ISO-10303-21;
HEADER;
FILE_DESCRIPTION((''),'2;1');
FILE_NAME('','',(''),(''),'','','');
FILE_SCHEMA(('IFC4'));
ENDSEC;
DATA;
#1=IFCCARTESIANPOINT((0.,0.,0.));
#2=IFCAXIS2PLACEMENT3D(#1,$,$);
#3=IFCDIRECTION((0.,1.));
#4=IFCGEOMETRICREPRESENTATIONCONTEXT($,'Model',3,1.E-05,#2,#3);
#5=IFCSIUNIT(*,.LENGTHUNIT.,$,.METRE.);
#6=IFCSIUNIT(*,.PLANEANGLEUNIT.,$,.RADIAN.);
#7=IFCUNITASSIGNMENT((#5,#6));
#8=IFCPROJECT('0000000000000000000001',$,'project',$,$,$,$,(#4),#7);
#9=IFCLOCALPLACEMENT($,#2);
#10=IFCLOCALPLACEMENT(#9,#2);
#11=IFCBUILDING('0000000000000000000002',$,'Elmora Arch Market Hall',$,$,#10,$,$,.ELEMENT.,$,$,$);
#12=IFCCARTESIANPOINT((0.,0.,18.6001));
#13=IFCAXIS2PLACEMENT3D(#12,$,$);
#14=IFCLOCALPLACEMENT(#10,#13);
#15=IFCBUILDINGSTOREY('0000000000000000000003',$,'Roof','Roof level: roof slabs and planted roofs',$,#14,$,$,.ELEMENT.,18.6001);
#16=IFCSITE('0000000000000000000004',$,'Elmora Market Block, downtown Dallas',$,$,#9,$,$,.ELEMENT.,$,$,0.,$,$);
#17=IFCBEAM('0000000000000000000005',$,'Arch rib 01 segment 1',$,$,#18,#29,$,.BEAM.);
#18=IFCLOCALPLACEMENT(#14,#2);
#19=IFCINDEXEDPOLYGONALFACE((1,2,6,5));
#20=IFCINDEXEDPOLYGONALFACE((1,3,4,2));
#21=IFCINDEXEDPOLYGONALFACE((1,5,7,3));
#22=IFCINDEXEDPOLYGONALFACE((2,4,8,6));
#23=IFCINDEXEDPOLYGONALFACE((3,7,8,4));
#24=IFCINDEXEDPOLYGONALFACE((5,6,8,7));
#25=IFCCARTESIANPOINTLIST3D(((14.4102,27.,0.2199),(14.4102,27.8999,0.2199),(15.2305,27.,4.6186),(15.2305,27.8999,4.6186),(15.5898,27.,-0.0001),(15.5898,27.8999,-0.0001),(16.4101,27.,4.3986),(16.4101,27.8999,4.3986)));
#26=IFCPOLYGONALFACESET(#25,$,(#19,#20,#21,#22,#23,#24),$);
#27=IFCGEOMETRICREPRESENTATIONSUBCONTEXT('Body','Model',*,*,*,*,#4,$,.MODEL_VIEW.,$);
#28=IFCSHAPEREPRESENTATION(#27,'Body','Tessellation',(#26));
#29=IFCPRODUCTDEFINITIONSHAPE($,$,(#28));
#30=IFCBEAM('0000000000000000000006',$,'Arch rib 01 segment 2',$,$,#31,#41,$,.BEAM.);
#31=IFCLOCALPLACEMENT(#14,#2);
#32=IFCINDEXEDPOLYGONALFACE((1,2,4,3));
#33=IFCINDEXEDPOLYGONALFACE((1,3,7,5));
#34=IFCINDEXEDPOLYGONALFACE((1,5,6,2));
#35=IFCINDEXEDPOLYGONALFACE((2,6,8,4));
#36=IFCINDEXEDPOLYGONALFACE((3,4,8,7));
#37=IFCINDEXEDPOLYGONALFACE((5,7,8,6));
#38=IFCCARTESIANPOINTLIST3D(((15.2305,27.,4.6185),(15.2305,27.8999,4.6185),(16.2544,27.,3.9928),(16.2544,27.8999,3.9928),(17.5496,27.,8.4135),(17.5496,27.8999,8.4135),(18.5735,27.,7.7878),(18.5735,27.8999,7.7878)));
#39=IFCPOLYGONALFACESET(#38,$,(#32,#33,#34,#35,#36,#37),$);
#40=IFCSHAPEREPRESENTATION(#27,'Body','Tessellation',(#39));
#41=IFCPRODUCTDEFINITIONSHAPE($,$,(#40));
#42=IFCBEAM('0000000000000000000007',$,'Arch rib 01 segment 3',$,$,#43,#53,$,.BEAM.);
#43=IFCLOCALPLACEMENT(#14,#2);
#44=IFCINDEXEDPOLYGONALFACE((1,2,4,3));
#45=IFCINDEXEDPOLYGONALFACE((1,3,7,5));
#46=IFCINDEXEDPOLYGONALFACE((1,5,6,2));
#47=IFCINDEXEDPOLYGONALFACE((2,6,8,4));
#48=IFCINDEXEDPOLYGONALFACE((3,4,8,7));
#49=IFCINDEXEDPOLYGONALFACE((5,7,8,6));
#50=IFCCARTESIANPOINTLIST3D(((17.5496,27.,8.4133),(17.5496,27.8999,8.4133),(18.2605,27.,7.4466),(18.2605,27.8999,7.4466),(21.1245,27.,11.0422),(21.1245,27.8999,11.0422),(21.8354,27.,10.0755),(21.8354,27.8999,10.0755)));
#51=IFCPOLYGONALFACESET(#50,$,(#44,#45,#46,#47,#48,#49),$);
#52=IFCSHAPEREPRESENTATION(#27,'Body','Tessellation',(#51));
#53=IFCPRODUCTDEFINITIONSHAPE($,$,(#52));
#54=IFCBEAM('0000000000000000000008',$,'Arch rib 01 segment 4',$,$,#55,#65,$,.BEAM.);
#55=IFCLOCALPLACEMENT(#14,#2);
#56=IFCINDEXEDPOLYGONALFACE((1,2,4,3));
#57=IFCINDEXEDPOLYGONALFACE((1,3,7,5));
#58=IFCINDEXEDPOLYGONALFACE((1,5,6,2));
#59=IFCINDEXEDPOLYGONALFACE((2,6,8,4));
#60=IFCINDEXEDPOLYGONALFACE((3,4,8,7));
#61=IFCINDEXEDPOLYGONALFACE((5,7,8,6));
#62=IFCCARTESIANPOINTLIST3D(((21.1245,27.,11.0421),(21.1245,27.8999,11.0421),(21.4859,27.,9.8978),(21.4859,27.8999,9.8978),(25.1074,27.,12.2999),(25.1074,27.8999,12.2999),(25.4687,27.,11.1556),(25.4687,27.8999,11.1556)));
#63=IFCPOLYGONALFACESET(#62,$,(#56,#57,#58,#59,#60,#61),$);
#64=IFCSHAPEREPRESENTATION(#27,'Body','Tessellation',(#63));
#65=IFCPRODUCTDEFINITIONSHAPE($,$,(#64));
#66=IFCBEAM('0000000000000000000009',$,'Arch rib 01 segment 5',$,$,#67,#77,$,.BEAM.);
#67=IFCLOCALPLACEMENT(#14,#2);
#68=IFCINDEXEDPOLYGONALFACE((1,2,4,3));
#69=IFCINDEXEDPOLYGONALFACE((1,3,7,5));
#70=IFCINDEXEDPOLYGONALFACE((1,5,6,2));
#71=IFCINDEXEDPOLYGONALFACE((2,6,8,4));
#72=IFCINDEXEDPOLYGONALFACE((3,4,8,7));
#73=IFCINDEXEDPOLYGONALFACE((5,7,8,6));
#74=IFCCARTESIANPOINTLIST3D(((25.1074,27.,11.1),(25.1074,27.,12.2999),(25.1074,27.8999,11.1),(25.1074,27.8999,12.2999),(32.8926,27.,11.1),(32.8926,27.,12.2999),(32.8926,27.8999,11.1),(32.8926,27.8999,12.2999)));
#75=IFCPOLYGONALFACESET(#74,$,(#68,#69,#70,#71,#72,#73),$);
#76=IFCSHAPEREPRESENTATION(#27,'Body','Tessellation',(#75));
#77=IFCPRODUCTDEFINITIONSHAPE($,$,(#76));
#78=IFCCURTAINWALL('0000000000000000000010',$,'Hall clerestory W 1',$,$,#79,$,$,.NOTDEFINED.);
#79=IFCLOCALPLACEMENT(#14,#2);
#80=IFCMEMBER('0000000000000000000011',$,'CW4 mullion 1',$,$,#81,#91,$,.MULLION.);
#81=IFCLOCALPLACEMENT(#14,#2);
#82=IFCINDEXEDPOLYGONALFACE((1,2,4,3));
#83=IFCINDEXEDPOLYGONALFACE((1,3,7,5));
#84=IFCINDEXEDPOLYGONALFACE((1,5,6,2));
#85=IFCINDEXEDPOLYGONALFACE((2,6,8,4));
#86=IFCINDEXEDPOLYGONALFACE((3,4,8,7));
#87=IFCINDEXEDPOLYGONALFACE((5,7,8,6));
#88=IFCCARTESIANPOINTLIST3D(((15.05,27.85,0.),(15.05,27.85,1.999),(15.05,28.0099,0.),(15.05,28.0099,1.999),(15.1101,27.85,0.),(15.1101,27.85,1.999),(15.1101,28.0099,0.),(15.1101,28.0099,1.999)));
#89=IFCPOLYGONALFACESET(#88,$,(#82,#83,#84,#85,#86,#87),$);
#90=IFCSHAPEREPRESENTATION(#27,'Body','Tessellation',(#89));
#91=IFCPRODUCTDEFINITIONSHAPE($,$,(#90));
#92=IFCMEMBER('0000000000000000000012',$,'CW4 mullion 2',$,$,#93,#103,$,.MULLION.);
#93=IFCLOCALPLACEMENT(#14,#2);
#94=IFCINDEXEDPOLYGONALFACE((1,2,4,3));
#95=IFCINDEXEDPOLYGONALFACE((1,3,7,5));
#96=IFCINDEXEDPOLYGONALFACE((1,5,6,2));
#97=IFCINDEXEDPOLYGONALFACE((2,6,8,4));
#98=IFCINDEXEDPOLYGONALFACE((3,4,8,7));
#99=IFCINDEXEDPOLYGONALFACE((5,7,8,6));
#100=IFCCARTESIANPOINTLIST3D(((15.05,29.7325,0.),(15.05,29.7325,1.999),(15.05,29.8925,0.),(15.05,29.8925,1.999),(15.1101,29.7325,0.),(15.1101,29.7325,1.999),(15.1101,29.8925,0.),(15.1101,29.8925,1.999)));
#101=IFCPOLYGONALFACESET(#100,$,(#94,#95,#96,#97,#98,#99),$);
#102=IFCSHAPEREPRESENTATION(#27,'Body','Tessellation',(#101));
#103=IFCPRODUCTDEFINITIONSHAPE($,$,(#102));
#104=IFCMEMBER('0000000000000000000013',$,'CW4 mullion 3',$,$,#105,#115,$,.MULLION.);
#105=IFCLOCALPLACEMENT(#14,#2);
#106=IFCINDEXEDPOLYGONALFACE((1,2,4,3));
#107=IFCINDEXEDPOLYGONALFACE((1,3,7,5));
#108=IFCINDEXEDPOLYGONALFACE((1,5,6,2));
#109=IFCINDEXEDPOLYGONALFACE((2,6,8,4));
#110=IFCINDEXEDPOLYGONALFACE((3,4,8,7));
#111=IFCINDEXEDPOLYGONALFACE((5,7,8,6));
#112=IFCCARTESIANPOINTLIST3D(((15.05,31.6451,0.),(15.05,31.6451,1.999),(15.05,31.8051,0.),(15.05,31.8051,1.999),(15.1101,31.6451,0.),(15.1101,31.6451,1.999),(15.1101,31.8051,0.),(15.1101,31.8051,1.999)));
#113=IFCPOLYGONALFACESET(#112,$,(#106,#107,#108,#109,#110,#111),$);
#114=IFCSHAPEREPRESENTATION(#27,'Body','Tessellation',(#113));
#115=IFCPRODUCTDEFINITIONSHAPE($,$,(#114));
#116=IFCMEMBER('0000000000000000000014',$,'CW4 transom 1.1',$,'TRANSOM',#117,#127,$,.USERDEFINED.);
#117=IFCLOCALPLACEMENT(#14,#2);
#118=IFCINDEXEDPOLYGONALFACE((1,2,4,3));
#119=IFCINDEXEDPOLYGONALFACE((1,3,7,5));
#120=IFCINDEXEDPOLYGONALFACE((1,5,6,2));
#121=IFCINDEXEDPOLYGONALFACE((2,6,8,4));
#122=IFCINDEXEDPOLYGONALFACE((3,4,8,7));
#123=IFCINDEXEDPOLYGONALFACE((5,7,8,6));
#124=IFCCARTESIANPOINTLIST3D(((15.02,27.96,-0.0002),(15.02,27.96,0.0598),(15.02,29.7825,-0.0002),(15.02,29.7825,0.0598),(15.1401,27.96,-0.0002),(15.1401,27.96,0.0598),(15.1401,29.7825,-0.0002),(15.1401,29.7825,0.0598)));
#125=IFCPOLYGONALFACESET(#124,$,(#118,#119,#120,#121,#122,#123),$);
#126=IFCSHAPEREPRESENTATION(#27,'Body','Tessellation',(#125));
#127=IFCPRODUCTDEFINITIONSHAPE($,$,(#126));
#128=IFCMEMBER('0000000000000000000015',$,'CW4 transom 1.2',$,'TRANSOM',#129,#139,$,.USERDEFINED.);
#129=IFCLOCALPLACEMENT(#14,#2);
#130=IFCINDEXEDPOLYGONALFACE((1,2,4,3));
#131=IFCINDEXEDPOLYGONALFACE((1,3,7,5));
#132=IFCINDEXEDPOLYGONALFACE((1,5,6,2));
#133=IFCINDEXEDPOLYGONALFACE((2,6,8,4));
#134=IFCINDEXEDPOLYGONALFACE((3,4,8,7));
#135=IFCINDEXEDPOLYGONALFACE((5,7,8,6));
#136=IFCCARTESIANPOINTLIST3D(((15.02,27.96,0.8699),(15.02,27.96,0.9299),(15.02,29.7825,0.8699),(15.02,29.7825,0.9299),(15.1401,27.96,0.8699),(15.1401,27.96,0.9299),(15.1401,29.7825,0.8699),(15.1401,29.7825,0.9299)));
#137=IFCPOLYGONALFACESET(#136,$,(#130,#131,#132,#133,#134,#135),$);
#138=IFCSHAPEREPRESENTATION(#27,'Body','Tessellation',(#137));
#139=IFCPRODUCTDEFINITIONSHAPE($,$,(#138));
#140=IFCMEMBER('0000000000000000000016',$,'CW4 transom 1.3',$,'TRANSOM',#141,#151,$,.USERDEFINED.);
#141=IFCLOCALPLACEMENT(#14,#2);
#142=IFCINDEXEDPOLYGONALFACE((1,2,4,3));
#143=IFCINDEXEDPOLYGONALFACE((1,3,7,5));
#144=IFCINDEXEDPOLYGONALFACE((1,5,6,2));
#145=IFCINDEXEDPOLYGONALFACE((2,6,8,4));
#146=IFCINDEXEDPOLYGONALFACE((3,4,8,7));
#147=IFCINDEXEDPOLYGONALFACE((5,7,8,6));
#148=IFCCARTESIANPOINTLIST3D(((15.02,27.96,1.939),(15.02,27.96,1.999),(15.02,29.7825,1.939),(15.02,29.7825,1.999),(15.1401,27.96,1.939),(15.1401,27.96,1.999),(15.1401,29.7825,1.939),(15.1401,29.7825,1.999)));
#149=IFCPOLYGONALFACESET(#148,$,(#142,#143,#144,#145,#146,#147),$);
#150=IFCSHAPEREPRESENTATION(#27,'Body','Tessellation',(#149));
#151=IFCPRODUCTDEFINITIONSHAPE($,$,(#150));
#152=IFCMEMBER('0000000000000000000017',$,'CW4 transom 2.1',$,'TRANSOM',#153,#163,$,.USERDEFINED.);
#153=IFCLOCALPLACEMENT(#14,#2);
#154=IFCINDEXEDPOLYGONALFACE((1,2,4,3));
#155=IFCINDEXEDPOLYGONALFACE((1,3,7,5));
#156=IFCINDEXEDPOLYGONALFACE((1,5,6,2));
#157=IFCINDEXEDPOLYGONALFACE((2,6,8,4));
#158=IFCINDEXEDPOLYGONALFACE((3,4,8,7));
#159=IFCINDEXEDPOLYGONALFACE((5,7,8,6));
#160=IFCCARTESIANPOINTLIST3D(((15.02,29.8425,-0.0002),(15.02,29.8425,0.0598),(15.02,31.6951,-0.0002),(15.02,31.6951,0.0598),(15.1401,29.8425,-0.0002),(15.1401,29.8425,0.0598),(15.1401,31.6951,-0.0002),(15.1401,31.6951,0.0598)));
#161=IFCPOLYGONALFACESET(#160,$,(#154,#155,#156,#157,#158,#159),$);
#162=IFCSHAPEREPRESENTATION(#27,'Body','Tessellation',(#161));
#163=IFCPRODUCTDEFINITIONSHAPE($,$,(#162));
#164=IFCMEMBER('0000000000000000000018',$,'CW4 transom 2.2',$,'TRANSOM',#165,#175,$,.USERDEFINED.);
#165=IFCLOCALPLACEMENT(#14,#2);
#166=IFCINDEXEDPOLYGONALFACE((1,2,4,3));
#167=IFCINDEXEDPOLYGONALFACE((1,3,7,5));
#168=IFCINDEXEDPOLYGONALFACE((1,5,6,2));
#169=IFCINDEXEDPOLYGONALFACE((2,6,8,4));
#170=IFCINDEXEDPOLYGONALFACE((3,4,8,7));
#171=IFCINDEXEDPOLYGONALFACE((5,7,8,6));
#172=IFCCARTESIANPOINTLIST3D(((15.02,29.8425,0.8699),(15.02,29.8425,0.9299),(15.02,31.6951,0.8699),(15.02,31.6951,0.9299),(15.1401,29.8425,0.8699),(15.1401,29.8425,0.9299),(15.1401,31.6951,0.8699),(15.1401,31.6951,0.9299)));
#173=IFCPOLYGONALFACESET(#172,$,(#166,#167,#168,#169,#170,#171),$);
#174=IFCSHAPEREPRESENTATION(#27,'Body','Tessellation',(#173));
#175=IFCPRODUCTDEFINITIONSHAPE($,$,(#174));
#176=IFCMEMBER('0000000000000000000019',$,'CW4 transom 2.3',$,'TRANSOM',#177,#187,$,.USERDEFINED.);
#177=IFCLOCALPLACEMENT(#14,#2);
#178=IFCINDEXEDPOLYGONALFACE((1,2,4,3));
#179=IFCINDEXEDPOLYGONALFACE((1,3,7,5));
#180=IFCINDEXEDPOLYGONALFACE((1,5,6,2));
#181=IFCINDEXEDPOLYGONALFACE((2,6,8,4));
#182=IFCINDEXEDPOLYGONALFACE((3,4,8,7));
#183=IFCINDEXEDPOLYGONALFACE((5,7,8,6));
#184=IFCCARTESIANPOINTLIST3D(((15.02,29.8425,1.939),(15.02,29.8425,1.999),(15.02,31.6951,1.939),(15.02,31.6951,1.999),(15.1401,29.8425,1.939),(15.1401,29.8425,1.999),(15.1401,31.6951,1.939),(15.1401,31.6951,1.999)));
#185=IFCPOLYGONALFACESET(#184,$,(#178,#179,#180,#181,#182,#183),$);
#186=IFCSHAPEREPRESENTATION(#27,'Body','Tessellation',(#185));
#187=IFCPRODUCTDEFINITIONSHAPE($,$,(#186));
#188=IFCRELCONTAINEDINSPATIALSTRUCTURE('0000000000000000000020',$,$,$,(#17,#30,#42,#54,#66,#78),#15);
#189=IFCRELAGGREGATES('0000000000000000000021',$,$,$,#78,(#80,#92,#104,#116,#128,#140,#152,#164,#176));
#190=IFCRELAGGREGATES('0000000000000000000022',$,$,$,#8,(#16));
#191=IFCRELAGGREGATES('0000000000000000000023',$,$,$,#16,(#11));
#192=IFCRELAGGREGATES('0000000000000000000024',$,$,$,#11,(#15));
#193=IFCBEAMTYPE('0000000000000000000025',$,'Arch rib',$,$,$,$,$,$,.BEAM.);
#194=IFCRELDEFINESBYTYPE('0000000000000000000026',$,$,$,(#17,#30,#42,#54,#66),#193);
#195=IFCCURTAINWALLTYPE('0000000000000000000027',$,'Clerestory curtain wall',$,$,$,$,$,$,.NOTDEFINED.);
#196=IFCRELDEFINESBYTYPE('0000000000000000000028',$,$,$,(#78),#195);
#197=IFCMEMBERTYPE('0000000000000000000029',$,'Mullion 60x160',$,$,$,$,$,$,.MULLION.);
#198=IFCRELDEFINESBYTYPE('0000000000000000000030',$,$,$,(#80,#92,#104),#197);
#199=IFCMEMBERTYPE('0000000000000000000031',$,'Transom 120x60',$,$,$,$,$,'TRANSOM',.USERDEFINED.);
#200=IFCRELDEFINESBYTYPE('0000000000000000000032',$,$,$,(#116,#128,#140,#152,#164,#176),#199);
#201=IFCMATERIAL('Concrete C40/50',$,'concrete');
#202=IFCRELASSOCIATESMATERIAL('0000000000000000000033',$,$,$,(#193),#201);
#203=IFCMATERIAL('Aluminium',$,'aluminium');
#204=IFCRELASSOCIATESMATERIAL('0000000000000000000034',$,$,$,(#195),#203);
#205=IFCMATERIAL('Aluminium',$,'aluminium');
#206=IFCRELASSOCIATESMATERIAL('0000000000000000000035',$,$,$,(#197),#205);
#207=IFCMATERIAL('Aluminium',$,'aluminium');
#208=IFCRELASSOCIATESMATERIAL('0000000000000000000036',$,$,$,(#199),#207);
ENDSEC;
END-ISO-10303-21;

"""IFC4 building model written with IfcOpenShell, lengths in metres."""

from ifc_helpers import new_model, si_unit, direction, frame, origin, origin_2d, place, context, subcontext, project, spatial, rectangle, extrude, material, material_profile, profile_set, type_object, element, aggregate, save


model = new_model("IFC4")

# Units and contexts
model_context = context("Model", 3, precision=1e-05, world=origin(), true_north=direction((0.0, 1.0)))
body_context = subcontext(model_context, "Body", "Model", "MODEL_VIEW")
ifc_project = project(units=[si_unit("LENGTHUNIT", "METRE"), si_unit("PLANEANGLEUNIT", "RADIAN")], contexts=[model_context])

# Site, building, storey
site_placement = place(None, origin())
site = spatial("IfcSite", under=ifc_project, at=site_placement, Name="Elmora Market Block, downtown Dallas", CompositionType="ELEMENT", RefElevation=0.0)
building_placement = place(site_placement, origin())
building = spatial("IfcBuilding", under=site, at=building_placement, Name="Elmora Arch Market Hall", CompositionType="ELEMENT")
storey_placement = place(building_placement, frame((0.0, 0.0, 18.6001)))
storey = spatial("IfcBuildingStorey", under=building, at=storey_placement, Name="Roof", Description="Roof level: roof slabs and planted roofs", CompositionType="ELEMENT", Elevation=18.6001)

# Beams
ifc_material_1 = material(Name="Concrete C40/50", Category="concrete")
ifc_material_profile_1 = material_profile(ifc_material_1, rectangle(XDim=0.8999, YDim=1.2, at=origin_2d()), Name="Arch rib")
ifc_profile_set_1 = profile_set([ifc_material_profile_1], Name="Concrete C40/50")
beam_type = type_object("IfcBeamType", Name="Arch rib", PredefinedType="BEAM", material=ifc_profile_set_1)
beam_1_placement = place(storey_placement, frame((15.0, 27.45, 0.1099), z_axis=(0.18333, 0.0, 0.983051), x_axis=(0.0, 1.0, 0.0)))
element("IfcBeam", 1, at=beam_1_placement, inside=storey, type_object=beam_type, Name="Arch rib 01 segment 1", PredefinedType="BEAM", context=body_context, shape_type="SweptSolid", body=[
    extrude(rectangle(XDim=0.8999, YDim=1.2, at=origin_2d()), origin(), (0.0, 0.0, 1.0), 4.4746),
])
beam_2_placement = place(storey_placement, frame((15.7424, 27.45, 4.3057), z_axis=(0.521446, 0.0, 0.853285), x_axis=(0.0, 1.0, 0.0)))
element("IfcBeam", 2, at=beam_2_placement, inside=storey, type_object=beam_type, Name="Arch rib 01 segment 2", PredefinedType="BEAM", context=body_context, shape_type="SweptSolid", body=[
    extrude(rectangle(XDim=0.8999, YDim=1.2, at=origin_2d()), origin(), (0.0, 0.0, 1.0), 4.4475),
])
beam_3_placement = place(storey_placement, frame((17.905, 27.45, 7.9299), z_axis=(0.805622, 0.0, 0.592429), x_axis=(0.0, 1.0, 0.0)))
element("IfcBeam", 3, at=beam_3_placement, inside=storey, type_object=beam_type, Name="Arch rib 01 segment 3", PredefinedType="BEAM", context=body_context, shape_type="SweptSolid", body=[
    extrude(rectangle(XDim=0.8999, YDim=1.2, at=origin_2d()), origin(), (0.0, 0.0, 1.0), 4.4375),
])
beam_4_placement = place(storey_placement, frame((21.3052, 27.45, 10.47), z_axis=(0.953579, 0.0, 0.301143), x_axis=(0.0, 1.0, 0.0)))
element("IfcBeam", 4, at=beam_4_placement, inside=storey, type_object=beam_type, Name="Arch rib 01 segment 4", PredefinedType="BEAM", context=body_context, shape_type="SweptSolid", body=[
    extrude(rectangle(XDim=0.8999, YDim=1.2, at=origin_2d()), origin(), (0.0, 0.0, 1.0), 4.1768),
])
beam_5_placement = place(storey_placement, frame((25.1074, 27.45, 11.7), z_axis=(1.0, 0.0, 0.0), x_axis=(0.0, 1.0, 0.0)))
element("IfcBeam", 5, at=beam_5_placement, inside=storey, type_object=beam_type, Name="Arch rib 01 segment 5", PredefinedType="BEAM", context=body_context, shape_type="SweptSolid", body=[
    extrude(rectangle(XDim=0.8999, YDim=1.2, at=origin_2d()), origin(), (0.0, 0.0, 1.0), 7.7852),
])

# Curtain wall, members
ifc_material_2 = material(Name="Aluminium", Category="aluminium")
curtain_wall_type = type_object("IfcCurtainWallType", Name="Clerestory curtain wall", PredefinedType="NOTDEFINED", material=ifc_material_2)
curtain_wall_placement = place(storey_placement, origin())
curtain_wall = element("IfcCurtainWall", 6, at=curtain_wall_placement, inside=storey, type_object=curtain_wall_type, Name="Hall clerestory W 1", PredefinedType="NOTDEFINED")
ifc_material_3 = material(Name="Aluminium", Category="aluminium")
ifc_material_profile_2 = material_profile(ifc_material_3, rectangle(XDim=0.0601, YDim=0.1599, at=origin_2d()), Name="AL 60x160")
ifc_profile_set_2 = profile_set([ifc_material_profile_2], Name="Aluminium")
member_type_1 = type_object("IfcMemberType", Name="Mullion 60x160", PredefinedType="MULLION", material=ifc_profile_set_2)
member_1_placement = place(storey_placement, frame((15.0801, 27.9299, 0.0), z_axis=(0.0, 0.0, 1.0), x_axis=(-1.0, 0.0, 0.0)))
member_1 = element("IfcMember", 7, at=member_1_placement, type_object=member_type_1, Name="CW4 mullion 1", PredefinedType="MULLION", context=body_context, shape_type="SweptSolid", body=[
    extrude(rectangle(XDim=0.0601, YDim=0.1599, at=origin_2d()), origin(), (0.0, 0.0, 1.0), 1.999),
])
member_2_placement = place(storey_placement, frame((15.0801, 29.8125, 0.0), z_axis=(0.0, 0.0, 1.0), x_axis=(-1.0, 0.0, 0.0)))
member_2 = element("IfcMember", 8, at=member_2_placement, type_object=member_type_1, Name="CW4 mullion 2", PredefinedType="MULLION", context=body_context, shape_type="SweptSolid", body=[
    extrude(rectangle(XDim=0.0601, YDim=0.1599, at=origin_2d()), origin(), (0.0, 0.0, 1.0), 1.999),
])
member_3_placement = place(storey_placement, frame((15.0801, 31.7251, 0.0), z_axis=(0.0, 0.0, 1.0), x_axis=(-1.0, 0.0, 0.0)))
member_3 = element("IfcMember", 9, at=member_3_placement, type_object=member_type_1, Name="CW4 mullion 3", PredefinedType="MULLION", context=body_context, shape_type="SweptSolid", body=[
    extrude(rectangle(XDim=0.0601, YDim=0.1599, at=origin_2d()), origin(), (0.0, 0.0, 1.0), 1.999),
])
ifc_material_4 = material(Name="Aluminium", Category="aluminium")
ifc_material_profile_3 = material_profile(ifc_material_4, rectangle(XDim=0.1201, YDim=0.0601, at=origin_2d()), Name="AL 120x60")
ifc_profile_set_3 = profile_set([ifc_material_profile_3], Name="Aluminium")
member_type_2 = type_object("IfcMemberType", Name="Transom 120x60", ElementType="TRANSOM", PredefinedType="USERDEFINED", material=ifc_profile_set_3)
member_4_placement = place(storey_placement, frame((15.0801, 27.96, 0.0298), z_axis=(0.0, 1.0, 0.0), x_axis=(-1.0, 0.0, 0.0)))
member_4 = element("IfcMember", 10, at=member_4_placement, type_object=member_type_2, Name="CW4 transom 1.1", ObjectType="TRANSOM", PredefinedType="USERDEFINED", context=body_context, shape_type="SweptSolid", body=[
    extrude(rectangle(XDim=0.1201, YDim=0.0601, at=origin_2d()), origin(), (0.0, 0.0, 1.0), 1.8225),
])
member_5_placement = place(storey_placement, frame((15.0801, 27.96, 0.8999), z_axis=(0.0, 1.0, 0.0), x_axis=(-1.0, 0.0, 0.0)))
member_5 = element("IfcMember", 11, at=member_5_placement, type_object=member_type_2, Name="CW4 transom 1.2", ObjectType="TRANSOM", PredefinedType="USERDEFINED", context=body_context, shape_type="SweptSolid", body=[
    extrude(rectangle(XDim=0.1201, YDim=0.0601, at=origin_2d()), origin(), (0.0, 0.0, 1.0), 1.8225),
])
member_6_placement = place(storey_placement, frame((15.0801, 27.96, 1.969), z_axis=(0.0, 1.0, 0.0), x_axis=(-1.0, 0.0, 0.0)))
member_6 = element("IfcMember", 12, at=member_6_placement, type_object=member_type_2, Name="CW4 transom 1.3", ObjectType="TRANSOM", PredefinedType="USERDEFINED", context=body_context, shape_type="SweptSolid", body=[
    extrude(rectangle(XDim=0.1201, YDim=0.0601, at=origin_2d()), origin(), (0.0, 0.0, 1.0), 1.8225),
])
member_7_placement = place(storey_placement, frame((15.0801, 29.8425, 0.0298), z_axis=(0.0, 1.0, 0.0), x_axis=(-1.0, 0.0, 0.0)))
member_7 = element("IfcMember", 13, at=member_7_placement, type_object=member_type_2, Name="CW4 transom 2.1", ObjectType="TRANSOM", PredefinedType="USERDEFINED", context=body_context, shape_type="SweptSolid", body=[
    extrude(rectangle(XDim=0.1201, YDim=0.0601, at=origin_2d()), origin(), (0.0, 0.0, 1.0), 1.8525),
])
member_8_placement = place(storey_placement, frame((15.0801, 29.8425, 0.8999), z_axis=(0.0, 1.0, 0.0), x_axis=(-1.0, 0.0, 0.0)))
member_8 = element("IfcMember", 14, at=member_8_placement, type_object=member_type_2, Name="CW4 transom 2.2", ObjectType="TRANSOM", PredefinedType="USERDEFINED", context=body_context, shape_type="SweptSolid", body=[
    extrude(rectangle(XDim=0.1201, YDim=0.0601, at=origin_2d()), origin(), (0.0, 0.0, 1.0), 1.8525),
])
member_9_placement = place(storey_placement, frame((15.0801, 29.8425, 1.969), z_axis=(0.0, 1.0, 0.0), x_axis=(-1.0, 0.0, 0.0)))
member_9 = element("IfcMember", 15, at=member_9_placement, type_object=member_type_2, Name="CW4 transom 2.3", ObjectType="TRANSOM", PredefinedType="USERDEFINED", context=body_context, shape_type="SweptSolid", body=[
    extrude(rectangle(XDim=0.1201, YDim=0.0601, at=origin_2d()), origin(), (0.0, 0.0, 1.0), 1.8525),
])
aggregate(curtain_wall, [member_1, member_2, member_3, member_4, member_5, member_6, member_7, member_8, member_9])

save(model, "model.ifc")
